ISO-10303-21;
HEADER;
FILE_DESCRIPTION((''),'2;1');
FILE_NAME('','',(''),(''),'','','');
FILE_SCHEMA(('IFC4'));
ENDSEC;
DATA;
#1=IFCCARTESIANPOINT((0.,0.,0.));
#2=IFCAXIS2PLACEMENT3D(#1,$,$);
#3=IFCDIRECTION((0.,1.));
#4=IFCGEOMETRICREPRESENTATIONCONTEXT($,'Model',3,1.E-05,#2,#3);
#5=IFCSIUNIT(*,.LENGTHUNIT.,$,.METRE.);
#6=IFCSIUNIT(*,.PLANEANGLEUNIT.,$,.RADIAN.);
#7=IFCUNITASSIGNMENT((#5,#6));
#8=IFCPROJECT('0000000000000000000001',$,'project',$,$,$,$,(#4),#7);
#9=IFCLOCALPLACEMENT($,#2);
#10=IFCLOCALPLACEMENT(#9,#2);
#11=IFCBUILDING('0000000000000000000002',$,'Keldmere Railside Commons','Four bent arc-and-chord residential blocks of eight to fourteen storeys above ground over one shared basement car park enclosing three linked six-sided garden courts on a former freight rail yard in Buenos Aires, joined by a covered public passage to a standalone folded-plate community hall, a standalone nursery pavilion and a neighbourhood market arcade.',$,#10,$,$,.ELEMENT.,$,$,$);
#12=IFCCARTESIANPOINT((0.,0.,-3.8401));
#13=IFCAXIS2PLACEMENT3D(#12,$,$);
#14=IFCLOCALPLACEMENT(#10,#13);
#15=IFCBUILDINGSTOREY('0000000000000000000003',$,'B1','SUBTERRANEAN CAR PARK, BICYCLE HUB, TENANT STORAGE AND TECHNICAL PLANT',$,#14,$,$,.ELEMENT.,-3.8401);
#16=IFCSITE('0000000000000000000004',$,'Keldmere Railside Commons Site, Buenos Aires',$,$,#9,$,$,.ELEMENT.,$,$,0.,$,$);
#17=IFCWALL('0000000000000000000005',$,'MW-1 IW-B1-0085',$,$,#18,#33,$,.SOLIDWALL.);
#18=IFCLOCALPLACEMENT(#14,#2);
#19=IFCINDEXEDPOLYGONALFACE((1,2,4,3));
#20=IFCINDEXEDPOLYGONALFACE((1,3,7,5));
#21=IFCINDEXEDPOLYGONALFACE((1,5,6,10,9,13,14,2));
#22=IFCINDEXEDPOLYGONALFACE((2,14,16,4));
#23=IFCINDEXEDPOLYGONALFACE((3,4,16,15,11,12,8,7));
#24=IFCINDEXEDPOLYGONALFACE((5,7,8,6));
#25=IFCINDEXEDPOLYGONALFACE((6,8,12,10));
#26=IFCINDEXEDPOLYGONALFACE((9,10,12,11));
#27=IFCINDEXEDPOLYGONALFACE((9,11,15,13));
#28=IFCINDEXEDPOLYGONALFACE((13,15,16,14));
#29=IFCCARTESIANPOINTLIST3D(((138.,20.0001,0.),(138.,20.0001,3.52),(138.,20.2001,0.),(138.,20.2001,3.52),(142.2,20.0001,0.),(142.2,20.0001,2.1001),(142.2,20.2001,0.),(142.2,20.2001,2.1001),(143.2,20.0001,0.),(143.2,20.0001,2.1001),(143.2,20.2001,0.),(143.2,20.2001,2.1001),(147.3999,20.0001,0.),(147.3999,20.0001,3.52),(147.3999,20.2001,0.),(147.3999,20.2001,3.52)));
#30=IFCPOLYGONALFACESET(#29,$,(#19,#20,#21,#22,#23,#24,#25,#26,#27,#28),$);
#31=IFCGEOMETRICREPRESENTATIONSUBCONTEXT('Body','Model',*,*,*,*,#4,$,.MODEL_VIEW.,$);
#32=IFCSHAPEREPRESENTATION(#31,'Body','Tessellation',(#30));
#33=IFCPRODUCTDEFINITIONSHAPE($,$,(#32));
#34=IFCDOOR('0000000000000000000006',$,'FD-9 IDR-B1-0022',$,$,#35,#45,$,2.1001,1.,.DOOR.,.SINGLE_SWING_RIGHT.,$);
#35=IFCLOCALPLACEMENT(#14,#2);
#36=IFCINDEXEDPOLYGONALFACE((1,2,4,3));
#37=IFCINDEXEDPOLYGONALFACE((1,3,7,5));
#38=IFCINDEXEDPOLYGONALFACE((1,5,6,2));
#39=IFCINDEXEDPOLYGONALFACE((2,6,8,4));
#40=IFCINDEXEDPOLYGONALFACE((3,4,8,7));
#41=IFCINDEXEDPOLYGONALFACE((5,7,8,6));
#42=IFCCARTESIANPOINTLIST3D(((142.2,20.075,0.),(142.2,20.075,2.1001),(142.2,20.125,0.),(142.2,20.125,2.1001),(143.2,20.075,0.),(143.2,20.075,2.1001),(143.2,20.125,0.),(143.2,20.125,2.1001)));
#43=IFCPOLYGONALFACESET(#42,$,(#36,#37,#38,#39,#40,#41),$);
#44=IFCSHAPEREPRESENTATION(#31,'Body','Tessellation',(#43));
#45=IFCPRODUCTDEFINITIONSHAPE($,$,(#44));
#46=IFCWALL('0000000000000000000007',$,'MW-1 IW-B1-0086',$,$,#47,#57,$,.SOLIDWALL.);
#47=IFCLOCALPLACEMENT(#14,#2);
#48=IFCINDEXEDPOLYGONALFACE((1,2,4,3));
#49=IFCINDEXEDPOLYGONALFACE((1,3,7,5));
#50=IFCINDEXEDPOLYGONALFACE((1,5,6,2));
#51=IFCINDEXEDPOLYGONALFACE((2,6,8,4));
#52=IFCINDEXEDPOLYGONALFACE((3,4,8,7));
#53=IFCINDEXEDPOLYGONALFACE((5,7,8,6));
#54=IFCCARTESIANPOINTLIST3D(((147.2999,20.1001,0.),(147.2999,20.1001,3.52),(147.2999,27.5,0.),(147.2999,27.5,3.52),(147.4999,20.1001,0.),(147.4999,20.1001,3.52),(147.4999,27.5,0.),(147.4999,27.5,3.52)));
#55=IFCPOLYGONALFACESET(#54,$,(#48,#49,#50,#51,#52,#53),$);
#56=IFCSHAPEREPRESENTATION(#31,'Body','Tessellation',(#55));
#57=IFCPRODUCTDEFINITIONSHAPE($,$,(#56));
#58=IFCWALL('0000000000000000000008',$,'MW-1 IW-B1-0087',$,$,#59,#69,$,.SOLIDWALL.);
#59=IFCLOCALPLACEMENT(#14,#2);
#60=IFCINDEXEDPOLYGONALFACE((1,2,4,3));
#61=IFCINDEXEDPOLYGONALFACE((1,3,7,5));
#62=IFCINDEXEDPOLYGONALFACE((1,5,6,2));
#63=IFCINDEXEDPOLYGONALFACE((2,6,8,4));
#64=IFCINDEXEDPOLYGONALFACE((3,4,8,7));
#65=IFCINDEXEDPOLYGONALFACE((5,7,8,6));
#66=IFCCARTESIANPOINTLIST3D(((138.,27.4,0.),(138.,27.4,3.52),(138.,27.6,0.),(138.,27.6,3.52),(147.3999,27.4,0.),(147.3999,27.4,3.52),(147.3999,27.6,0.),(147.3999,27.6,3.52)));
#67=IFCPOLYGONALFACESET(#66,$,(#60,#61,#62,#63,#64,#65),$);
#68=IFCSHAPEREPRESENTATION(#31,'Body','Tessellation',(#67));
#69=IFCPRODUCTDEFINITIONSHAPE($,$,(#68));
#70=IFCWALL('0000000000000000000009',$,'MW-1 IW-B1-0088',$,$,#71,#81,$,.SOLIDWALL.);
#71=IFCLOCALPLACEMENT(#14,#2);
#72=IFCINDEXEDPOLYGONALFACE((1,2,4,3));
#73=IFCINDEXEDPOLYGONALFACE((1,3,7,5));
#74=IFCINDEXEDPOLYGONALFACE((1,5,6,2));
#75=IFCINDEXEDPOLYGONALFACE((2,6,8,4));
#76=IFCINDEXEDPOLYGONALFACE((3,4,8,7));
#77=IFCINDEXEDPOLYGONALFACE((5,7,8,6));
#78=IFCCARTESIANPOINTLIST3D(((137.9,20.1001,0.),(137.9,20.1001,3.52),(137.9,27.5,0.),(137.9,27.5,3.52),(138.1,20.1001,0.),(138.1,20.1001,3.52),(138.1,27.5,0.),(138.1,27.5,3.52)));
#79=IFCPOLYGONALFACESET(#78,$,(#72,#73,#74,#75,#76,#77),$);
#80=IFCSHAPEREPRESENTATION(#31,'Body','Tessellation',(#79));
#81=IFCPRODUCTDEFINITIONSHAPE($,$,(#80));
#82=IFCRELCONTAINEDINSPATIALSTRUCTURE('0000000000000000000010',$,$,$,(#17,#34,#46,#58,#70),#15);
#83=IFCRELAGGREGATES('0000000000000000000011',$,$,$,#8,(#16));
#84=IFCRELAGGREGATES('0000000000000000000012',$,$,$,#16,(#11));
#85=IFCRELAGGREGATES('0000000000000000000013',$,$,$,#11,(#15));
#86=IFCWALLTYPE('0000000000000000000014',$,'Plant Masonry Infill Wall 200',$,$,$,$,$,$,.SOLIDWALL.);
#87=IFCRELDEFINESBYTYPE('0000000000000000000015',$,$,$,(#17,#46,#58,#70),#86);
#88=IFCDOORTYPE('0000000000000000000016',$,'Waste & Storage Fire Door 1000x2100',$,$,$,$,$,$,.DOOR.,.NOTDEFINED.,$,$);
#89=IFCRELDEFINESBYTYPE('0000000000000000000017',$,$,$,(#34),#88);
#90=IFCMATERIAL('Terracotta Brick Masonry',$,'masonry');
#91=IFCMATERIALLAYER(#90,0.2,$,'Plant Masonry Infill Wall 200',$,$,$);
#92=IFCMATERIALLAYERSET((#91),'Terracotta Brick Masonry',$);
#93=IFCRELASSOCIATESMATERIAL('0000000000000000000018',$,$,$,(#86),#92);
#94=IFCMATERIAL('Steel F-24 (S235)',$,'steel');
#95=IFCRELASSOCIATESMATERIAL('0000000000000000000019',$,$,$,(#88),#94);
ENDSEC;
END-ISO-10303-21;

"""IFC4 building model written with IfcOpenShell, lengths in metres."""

from ifc_helpers import new_model, si_unit, direction, frame, frame_2d, origin, place, context, subcontext, project, spatial, rectangle, extrude, material, layer, layer_set, type_object, element, fill, save


model = new_model("IFC4")

# Units and contexts
model_context = context("Model", 3, precision=1e-05, world=origin(), true_north=direction((0.0, 1.0)))
body_context = subcontext(model_context, "Body", "Model", "MODEL_VIEW")
ifc_project = project(units=[si_unit("LENGTHUNIT", "METRE"), si_unit("PLANEANGLEUNIT", "RADIAN")], contexts=[model_context])

# Site, building, storey
site_placement = place(None, origin())
site = spatial("IfcSite", under=ifc_project, at=site_placement, Name="Keldmere Railside Commons Site, Buenos Aires", CompositionType="ELEMENT", RefElevation=0.0)
building_placement = place(site_placement, origin())
building = spatial("IfcBuilding", under=site, at=building_placement, Name="Keldmere Railside Commons", Description="Four bent arc-and-chord residential blocks of eight to fourteen storeys above ground over one shared basement car park enclosing three linked six-sided garden courts on a former freight rail yard in Buenos Aires, joined by a covered public passage to a standalone folded-plate community hall, a standalone nursery pavilion and a neighbourhood market arcade.", CompositionType="ELEMENT")
storey_placement = place(building_placement, frame((0.0, 0.0, -3.8401)))
storey = spatial("IfcBuildingStorey", under=building, at=storey_placement, Name="B1", Description="SUBTERRANEAN CAR PARK, BICYCLE HUB, TENANT STORAGE AND TECHNICAL PLANT", CompositionType="ELEMENT", Elevation=-3.8401)

# Shared definitions
ifc_material_1 = material(Name="Terracotta Brick Masonry", Category="masonry")
ifc_layer = layer(ifc_material_1, 0.2, Name="Plant Masonry Infill Wall 200")
ifc_layer_set = layer_set([ifc_layer], Name="Terracotta Brick Masonry")
wall_type = type_object("IfcWallType", Name="Plant Masonry Infill Wall 200", PredefinedType="SOLIDWALL", material=ifc_layer_set)

# Wall, opening, door
wall_1_placement = place(storey_placement, frame((138.0, 20.1001, 0.0), z_axis=(0.0, 0.0, 1.0), x_axis=(1.0, 0.0, 0.0)))
wall_1 = element("IfcWall", 1, at=wall_1_placement, inside=storey, type_object=wall_type, Name="MW-1 IW-B1-0085", PredefinedType="SOLIDWALL", context=body_context, shape_type="SweptSolid", body=[
    extrude(rectangle(XDim=9.3999, YDim=0.2, at=frame_2d((4.7, 0.0))), origin(), (0.0, 0.0, 1.0), 3.52),
])
opening_placement = place(wall_1_placement, frame((4.2, 0.0, 0.0)))
opening = element("IfcOpeningElement", 2, at=opening_placement, cuts=wall_1, PredefinedType="OPENING", context=body_context, shape_type="SweptSolid", body=[
    extrude(rectangle(XDim=1.0, YDim=2.1001, at=frame_2d((0.5, 1.05))), frame((0.0, 0.1099, 0.0), z_axis=(0.0, -1.0, 0.0), x_axis=(1.0, 0.0, 0.0)), (0.0, 0.0, 1.0), 0.22),
])
ifc_material_2 = material(Name="Steel F-24 (S235)", Category="steel")
door_type = type_object("IfcDoorType", Name="Waste & Storage Fire Door 1000x2100", OperationType="NOTDEFINED", PredefinedType="DOOR", material=ifc_material_2)
door_placement = place(opening_placement, origin())
door = element("IfcDoor", 3, at=door_placement, inside=storey, type_object=door_type, Name="FD-9 IDR-B1-0022", OperationType="SINGLE_SWING_RIGHT", OverallHeight=2.1001, OverallWidth=1.0, PredefinedType="DOOR", context=body_context, shape_type="SweptSolid", body=[
    extrude(rectangle(XDim=1.0, YDim=2.1001, at=frame_2d((0.5, 1.05))), frame((0.0, 0.0249, 0.0), z_axis=(0.0, -1.0, 0.0), x_axis=(1.0, 0.0, 0.0)), (0.0, 0.0, 1.0), 0.05),
])
fill(opening, door)

# Walls
wall_2_placement = place(storey_placement, frame((147.3999, 20.1001, 0.0), z_axis=(0.0, 0.0, 1.0), x_axis=(0.0, 1.0, 0.0)))
element("IfcWall", 4, at=wall_2_placement, inside=storey, type_object=wall_type, Name="MW-1 IW-B1-0086", PredefinedType="SOLIDWALL", context=body_context, shape_type="SweptSolid", body=[
    extrude(rectangle(XDim=7.3999, YDim=0.2, at=frame_2d((3.7, 0.0))), origin(), (0.0, 0.0, 1.0), 3.52),
])
wall_3_placement = place(storey_placement, frame((147.3999, 27.5, 0.0), z_axis=(0.0, 0.0, 1.0), x_axis=(-1.0, 0.0, 0.0)))
element("IfcWall", 5, at=wall_3_placement, inside=storey, type_object=wall_type, Name="MW-1 IW-B1-0087", PredefinedType="SOLIDWALL", context=body_context, shape_type="SweptSolid", body=[
    extrude(rectangle(XDim=9.3999, YDim=0.2, at=frame_2d((4.7, 0.0))), origin(), (0.0, 0.0, 1.0), 3.52),
])
wall_4_placement = place(storey_placement, frame((138.0, 27.5, 0.0), z_axis=(0.0, 0.0, 1.0), x_axis=(0.0, -1.0, 0.0)))
element("IfcWall", 6, at=wall_4_placement, inside=storey, type_object=wall_type, Name="MW-1 IW-B1-0088", PredefinedType="SOLIDWALL", context=body_context, shape_type="SweptSolid", body=[
    extrude(rectangle(XDim=7.3999, YDim=0.2, at=frame_2d((3.7, 0.0))), origin(), (0.0, 0.0, 1.0), 3.52),
])

save(model, "model.ifc")
